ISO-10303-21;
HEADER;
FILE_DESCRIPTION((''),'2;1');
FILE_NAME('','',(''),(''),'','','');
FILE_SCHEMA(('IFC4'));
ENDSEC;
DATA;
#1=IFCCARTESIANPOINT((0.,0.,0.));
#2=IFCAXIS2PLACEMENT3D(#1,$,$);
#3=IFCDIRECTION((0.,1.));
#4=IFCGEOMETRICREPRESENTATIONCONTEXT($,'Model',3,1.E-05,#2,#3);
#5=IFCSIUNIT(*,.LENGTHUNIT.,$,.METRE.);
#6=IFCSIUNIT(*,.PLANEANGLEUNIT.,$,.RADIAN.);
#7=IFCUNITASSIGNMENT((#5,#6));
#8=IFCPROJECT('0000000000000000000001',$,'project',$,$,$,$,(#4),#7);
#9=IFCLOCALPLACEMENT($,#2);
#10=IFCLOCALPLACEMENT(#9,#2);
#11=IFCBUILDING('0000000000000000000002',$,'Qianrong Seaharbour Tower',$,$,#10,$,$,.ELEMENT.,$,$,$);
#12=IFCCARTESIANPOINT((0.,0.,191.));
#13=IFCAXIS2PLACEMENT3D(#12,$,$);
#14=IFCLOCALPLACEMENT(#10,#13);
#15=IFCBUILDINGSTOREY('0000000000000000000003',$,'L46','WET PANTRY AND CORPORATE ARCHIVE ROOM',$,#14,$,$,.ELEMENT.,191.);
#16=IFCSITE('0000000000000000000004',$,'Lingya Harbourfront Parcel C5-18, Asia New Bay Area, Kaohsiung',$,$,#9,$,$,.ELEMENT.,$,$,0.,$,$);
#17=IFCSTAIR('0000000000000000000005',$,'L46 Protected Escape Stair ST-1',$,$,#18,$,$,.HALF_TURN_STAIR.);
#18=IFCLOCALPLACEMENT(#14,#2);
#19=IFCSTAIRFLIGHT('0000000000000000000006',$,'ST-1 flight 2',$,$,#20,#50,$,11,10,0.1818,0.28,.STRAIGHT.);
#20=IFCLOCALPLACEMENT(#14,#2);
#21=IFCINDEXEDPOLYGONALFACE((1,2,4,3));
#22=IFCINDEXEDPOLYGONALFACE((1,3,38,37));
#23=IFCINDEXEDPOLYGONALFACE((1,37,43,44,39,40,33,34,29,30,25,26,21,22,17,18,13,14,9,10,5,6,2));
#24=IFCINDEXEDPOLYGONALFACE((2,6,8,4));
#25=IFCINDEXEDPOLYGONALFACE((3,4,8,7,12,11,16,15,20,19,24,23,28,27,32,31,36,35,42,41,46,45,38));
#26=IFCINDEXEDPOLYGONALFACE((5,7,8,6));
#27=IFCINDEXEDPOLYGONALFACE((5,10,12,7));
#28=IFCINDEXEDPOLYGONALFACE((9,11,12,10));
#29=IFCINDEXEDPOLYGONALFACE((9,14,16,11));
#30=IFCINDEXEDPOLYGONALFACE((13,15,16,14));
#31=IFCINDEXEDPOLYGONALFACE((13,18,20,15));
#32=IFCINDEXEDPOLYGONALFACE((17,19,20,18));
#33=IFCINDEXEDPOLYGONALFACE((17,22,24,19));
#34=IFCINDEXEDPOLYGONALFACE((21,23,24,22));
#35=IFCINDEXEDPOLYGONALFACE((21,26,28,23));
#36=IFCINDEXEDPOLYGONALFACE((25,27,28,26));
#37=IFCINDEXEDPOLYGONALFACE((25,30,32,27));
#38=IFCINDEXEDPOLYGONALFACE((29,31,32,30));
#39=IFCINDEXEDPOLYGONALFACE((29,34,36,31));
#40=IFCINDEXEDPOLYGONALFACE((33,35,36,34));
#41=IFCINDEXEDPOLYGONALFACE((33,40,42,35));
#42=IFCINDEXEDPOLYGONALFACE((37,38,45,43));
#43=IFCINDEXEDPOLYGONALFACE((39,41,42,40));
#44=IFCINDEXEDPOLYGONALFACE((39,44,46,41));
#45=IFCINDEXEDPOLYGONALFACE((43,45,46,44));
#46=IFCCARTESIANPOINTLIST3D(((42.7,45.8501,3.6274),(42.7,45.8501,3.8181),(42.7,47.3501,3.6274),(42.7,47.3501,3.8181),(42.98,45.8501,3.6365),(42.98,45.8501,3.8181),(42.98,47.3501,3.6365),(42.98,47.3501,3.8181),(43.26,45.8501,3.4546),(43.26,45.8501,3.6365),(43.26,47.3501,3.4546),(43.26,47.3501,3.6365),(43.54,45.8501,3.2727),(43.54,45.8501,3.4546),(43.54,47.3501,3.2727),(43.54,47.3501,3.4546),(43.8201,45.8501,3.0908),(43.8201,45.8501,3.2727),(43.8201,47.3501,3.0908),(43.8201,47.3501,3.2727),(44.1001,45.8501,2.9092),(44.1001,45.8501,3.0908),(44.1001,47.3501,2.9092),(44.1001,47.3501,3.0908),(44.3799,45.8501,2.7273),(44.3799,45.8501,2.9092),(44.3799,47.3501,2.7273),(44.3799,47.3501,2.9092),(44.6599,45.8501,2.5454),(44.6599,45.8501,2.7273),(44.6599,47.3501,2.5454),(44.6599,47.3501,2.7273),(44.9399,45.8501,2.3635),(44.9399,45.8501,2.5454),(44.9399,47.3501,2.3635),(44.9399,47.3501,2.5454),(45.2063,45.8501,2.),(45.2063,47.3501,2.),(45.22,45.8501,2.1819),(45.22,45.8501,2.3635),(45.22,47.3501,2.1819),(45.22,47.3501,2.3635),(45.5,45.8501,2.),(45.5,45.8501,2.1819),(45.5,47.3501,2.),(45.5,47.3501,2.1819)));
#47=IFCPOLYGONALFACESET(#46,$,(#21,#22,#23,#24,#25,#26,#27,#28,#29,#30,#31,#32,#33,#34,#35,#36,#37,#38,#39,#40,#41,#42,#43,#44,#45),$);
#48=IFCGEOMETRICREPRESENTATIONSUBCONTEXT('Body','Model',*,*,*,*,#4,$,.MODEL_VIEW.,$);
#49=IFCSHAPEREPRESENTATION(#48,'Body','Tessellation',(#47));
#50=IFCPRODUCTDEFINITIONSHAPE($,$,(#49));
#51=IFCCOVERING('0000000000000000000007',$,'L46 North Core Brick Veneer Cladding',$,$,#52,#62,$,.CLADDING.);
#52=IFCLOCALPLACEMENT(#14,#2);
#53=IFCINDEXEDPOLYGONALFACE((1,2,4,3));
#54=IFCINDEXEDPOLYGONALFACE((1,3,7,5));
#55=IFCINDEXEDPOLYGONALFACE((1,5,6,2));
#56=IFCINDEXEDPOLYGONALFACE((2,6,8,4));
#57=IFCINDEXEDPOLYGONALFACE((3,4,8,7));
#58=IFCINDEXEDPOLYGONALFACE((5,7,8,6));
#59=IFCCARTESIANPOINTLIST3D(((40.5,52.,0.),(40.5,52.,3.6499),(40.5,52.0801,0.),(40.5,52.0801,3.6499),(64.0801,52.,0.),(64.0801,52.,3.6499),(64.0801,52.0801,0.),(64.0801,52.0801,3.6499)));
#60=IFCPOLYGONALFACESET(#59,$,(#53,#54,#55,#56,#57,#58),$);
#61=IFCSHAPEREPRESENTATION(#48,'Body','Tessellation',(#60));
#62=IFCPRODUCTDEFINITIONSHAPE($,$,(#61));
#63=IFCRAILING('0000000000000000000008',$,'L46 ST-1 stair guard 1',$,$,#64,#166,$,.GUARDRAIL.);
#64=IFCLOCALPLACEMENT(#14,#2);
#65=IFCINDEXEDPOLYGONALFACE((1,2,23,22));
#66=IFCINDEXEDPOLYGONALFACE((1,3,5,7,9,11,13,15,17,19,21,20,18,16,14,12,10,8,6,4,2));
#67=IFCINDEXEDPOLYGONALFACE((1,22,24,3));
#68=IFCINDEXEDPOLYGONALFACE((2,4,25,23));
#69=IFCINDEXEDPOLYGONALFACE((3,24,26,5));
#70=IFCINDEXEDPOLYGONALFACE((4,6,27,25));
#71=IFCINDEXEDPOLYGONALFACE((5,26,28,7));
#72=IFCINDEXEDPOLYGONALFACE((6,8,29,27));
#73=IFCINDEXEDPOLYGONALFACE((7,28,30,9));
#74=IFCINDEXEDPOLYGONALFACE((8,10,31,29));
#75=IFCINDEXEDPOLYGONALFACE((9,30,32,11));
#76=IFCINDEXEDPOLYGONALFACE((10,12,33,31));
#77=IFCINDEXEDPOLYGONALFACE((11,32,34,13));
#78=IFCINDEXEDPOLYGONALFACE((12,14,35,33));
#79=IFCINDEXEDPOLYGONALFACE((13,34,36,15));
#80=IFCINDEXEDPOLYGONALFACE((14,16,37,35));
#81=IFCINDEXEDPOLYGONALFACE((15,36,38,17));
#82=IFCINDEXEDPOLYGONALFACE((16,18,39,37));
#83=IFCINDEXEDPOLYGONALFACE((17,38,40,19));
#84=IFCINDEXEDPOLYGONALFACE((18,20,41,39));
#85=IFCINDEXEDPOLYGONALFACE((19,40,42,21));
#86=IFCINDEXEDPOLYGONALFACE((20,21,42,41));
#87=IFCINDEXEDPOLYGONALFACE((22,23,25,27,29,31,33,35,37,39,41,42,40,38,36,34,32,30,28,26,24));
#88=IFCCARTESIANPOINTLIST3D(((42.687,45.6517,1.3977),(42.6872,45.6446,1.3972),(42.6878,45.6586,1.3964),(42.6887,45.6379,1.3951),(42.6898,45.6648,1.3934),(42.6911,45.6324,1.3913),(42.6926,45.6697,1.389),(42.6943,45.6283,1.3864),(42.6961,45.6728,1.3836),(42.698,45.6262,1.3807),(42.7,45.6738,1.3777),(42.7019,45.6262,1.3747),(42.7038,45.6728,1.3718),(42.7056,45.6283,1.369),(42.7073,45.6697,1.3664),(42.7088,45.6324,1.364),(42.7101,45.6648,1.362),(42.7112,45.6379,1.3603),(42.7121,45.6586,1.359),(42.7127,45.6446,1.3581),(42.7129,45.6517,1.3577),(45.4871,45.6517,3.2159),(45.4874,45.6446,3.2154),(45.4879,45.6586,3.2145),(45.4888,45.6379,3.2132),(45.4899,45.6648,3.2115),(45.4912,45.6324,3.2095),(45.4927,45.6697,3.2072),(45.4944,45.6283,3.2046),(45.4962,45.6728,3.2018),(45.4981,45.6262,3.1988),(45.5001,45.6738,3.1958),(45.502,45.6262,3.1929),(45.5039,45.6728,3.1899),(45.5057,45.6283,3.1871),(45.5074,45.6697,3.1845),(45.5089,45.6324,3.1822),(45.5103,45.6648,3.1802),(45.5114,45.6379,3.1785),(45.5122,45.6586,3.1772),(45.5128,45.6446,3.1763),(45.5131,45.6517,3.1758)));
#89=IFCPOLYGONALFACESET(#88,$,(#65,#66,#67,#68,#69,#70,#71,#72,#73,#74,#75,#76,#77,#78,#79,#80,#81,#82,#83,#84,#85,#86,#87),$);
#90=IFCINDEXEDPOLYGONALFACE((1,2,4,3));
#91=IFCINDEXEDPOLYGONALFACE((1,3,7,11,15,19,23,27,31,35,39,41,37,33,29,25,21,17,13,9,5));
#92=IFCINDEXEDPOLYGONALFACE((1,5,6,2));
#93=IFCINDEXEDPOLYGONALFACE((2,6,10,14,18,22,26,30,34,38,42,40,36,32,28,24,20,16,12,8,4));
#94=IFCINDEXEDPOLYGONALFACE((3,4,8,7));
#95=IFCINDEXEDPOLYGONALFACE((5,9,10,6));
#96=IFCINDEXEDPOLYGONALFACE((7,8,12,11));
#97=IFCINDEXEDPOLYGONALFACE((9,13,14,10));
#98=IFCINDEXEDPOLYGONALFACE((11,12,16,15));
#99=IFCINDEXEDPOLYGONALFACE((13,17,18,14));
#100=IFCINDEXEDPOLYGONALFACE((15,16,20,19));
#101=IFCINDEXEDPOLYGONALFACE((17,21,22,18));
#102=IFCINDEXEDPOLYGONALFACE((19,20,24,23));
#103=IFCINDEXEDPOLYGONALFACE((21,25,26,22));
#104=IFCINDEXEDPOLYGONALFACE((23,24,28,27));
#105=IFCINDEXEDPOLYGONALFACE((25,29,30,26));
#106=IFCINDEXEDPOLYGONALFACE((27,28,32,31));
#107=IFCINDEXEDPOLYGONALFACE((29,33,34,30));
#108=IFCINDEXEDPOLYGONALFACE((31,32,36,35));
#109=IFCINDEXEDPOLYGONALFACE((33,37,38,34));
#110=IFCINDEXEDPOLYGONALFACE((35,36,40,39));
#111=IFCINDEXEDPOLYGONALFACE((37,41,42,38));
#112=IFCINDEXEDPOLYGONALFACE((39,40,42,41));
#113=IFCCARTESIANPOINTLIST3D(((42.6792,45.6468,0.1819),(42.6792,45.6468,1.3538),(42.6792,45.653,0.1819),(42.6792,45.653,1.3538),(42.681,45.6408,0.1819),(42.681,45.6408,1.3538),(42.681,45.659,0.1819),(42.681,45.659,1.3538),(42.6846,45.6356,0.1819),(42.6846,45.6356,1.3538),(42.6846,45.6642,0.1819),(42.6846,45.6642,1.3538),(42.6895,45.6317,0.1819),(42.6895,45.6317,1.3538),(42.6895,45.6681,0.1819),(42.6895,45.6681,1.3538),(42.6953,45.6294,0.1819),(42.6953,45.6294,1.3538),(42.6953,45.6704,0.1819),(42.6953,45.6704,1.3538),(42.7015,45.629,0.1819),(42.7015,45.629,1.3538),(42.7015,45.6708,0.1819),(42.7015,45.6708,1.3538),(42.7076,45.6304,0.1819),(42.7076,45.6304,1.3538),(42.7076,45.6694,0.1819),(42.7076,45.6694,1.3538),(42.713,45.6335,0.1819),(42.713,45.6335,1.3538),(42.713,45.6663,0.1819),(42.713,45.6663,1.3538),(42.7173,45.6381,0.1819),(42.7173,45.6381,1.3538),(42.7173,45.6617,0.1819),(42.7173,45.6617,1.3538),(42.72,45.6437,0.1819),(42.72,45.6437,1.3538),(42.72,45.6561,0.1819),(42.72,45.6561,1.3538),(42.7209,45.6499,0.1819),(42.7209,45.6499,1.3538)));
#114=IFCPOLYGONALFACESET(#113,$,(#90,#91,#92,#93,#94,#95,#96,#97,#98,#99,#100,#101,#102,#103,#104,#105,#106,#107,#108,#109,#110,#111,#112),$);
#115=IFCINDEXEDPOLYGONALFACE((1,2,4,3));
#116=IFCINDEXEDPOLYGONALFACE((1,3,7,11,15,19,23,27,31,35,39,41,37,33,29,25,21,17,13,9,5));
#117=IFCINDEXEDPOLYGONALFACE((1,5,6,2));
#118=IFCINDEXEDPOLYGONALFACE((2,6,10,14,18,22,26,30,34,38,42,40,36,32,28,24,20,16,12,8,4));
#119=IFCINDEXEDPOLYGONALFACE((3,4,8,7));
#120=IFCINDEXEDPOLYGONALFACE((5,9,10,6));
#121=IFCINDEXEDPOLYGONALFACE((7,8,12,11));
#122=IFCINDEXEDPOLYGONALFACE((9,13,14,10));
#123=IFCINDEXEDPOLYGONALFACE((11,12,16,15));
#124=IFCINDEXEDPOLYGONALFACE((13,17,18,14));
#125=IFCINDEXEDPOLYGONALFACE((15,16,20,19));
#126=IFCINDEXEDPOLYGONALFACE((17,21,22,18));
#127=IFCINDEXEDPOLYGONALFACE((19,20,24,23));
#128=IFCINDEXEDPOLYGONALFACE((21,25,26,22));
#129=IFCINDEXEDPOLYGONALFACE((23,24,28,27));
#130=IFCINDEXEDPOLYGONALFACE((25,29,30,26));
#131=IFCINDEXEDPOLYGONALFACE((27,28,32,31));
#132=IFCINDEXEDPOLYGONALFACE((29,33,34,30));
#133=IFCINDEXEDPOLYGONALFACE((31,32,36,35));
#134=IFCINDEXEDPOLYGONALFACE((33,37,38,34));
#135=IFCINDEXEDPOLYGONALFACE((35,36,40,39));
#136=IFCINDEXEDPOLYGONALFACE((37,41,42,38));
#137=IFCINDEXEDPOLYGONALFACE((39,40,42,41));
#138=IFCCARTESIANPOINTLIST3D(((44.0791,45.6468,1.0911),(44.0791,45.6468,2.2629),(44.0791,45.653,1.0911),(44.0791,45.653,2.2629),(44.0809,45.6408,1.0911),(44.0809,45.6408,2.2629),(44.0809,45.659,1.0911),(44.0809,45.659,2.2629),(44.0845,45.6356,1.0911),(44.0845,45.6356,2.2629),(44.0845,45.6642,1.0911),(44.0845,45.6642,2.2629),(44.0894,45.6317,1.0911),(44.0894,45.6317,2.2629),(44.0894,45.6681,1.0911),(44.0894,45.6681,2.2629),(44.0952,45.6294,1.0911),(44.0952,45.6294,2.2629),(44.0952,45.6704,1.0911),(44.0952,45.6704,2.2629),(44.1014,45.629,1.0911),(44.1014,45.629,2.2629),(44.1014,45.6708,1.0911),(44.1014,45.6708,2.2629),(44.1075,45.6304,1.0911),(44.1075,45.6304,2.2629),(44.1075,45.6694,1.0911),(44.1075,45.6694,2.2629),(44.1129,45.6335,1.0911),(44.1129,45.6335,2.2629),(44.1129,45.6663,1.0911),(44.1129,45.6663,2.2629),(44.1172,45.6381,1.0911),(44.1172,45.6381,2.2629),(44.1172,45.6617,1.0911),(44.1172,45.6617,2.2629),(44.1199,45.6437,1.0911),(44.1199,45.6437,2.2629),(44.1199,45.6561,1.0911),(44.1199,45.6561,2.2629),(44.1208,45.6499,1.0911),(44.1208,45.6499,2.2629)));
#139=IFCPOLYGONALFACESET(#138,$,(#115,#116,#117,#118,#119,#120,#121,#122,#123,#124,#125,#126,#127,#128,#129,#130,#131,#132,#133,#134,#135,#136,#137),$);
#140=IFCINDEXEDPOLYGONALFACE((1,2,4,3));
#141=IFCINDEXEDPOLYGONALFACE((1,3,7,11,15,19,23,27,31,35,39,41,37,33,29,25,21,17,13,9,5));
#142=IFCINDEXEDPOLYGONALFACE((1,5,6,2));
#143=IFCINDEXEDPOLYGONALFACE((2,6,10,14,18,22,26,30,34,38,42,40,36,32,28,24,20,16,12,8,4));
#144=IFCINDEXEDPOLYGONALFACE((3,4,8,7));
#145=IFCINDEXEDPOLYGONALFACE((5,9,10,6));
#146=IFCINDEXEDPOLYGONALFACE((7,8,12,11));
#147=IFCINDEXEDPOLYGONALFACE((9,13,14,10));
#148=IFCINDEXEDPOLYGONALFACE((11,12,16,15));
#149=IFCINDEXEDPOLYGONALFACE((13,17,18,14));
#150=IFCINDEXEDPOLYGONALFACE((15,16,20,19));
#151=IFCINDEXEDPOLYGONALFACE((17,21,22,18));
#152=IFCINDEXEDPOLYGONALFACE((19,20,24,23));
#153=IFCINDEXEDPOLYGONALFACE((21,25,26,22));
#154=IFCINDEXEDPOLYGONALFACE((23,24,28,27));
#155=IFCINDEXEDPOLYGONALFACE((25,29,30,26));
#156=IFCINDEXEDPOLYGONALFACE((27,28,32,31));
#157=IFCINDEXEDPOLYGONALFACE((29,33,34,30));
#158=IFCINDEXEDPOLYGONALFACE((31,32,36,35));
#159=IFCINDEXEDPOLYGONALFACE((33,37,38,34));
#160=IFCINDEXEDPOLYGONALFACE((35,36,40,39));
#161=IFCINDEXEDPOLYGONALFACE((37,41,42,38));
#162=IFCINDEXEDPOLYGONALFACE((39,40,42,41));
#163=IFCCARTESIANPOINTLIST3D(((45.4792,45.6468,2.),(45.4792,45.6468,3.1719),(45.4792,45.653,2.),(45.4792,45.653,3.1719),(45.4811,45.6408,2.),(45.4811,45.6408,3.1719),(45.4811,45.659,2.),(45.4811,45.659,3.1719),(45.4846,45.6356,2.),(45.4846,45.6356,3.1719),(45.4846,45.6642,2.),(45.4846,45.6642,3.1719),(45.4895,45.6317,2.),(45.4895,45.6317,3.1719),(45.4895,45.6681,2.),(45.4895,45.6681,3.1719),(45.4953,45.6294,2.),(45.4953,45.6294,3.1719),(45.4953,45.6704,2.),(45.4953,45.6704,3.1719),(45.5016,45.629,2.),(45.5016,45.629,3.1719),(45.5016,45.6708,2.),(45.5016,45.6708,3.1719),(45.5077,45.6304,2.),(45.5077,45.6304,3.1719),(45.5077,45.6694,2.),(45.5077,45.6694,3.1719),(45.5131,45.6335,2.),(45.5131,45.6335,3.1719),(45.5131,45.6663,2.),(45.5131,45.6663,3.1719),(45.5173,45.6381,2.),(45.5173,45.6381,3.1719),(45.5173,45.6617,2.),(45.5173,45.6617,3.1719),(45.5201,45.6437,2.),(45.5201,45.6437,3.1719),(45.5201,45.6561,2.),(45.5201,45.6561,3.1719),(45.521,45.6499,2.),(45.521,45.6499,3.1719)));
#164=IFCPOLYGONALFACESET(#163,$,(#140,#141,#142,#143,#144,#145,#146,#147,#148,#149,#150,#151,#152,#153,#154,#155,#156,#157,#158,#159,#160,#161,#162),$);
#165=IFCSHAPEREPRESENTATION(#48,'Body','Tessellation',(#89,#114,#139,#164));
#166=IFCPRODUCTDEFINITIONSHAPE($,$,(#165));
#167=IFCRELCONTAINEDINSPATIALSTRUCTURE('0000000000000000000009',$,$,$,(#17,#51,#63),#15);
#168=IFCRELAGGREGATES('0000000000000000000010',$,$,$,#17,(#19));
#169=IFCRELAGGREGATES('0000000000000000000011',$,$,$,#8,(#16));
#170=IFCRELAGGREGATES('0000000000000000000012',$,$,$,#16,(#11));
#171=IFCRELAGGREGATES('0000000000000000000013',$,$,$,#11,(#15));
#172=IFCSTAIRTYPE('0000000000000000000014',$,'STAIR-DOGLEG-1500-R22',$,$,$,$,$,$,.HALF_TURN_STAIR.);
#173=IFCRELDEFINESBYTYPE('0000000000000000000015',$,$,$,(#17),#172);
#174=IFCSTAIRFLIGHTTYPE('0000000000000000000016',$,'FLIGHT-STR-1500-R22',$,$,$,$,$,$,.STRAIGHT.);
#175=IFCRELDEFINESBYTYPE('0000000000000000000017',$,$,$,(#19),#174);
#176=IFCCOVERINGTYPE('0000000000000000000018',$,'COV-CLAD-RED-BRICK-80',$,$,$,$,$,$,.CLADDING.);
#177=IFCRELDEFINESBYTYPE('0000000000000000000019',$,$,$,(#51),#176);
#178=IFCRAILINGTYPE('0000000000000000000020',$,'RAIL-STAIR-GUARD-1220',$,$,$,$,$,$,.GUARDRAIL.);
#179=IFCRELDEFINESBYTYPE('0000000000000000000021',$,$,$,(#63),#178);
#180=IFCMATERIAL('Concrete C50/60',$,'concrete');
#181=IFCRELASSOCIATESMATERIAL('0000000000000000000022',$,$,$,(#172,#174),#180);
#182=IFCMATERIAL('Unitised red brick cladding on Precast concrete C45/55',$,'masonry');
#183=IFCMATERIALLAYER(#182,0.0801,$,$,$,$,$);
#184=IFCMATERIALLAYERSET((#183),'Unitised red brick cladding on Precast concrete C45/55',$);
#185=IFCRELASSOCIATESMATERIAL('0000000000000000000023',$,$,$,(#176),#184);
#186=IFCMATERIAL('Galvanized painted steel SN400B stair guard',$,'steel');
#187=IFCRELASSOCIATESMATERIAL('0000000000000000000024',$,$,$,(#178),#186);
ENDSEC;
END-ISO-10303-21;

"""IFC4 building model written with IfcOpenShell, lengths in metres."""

from ifc_helpers import new_model, si_unit, direction, frame, origin, origin_2d, place, context, subcontext, project, spatial, polyline, rectangle, circle, outline, extrude, material, layer, layer_set, type_object, element, aggregate, save


model = new_model("IFC4")

# Units and contexts
model_context = context("Model", 3, precision=1e-05, world=origin(), true_north=direction((0.0, 1.0)))
body_context = subcontext(model_context, "Body", "Model", "MODEL_VIEW")
ifc_project = project(units=[si_unit("LENGTHUNIT", "METRE"), si_unit("PLANEANGLEUNIT", "RADIAN")], contexts=[model_context])

# Site, building, storey
site_placement = place(None, origin())
site = spatial("IfcSite", under=ifc_project, at=site_placement, Name="Lingya Harbourfront Parcel C5-18, Asia New Bay Area, Kaohsiung", CompositionType="ELEMENT", RefElevation=0.0)
building_placement = place(site_placement, origin())
building = spatial("IfcBuilding", under=site, at=building_placement, Name="Qianrong Seaharbour Tower", CompositionType="ELEMENT")
storey_placement = place(building_placement, frame((0.0, 0.0, 191.0)))
storey = spatial("IfcBuildingStorey", under=building, at=storey_placement, Name="L46", Description="WET PANTRY AND CORPORATE ARCHIVE ROOM", CompositionType="ELEMENT", Elevation=191.0)

# Stair, stair flight
ifc_material_1 = material(Name="Concrete C50/60", Category="concrete")
stair_type = type_object("IfcStairType", Name="STAIR-DOGLEG-1500-R22", PredefinedType="HALF_TURN_STAIR", material=ifc_material_1)
stair_placement = place(storey_placement, origin())
stair = element("IfcStair", 1, at=stair_placement, inside=storey, type_object=stair_type, Name="L46 Protected Escape Stair ST-1", PredefinedType="HALF_TURN_STAIR")
stair_flight_type = type_object("IfcStairFlightType", Name="FLIGHT-STR-1500-R22", PredefinedType="STRAIGHT", material=ifc_material_1)
stair_flight_1_placement = place(storey_placement, frame((45.5, 46.6001, 2.0), z_axis=(0.0, 0.0, 1.0), x_axis=(-1.0, 0.0, 0.0)))
stair_flight_1 = element("IfcStairFlight", 2, at=stair_flight_1_placement, type_object=stair_flight_type, Name="ST-1 flight 2", NumberOfRisers=11, NumberOfTreads=10, PredefinedType="STRAIGHT", RiserHeight=0.1818, TreadLength=0.28, context=body_context, shape_type="SweptSolid", body=[
    extrude(outline(polyline([(0.0, 0.0), (0.0, 0.1819), (0.28, 0.1819), (0.28, 0.3635), (0.5601, 0.3635), (0.5601, 0.5454), (0.8401, 0.5454), (0.8401, 0.7273), (1.1201, 0.7273), (1.1201, 0.9092), (1.3999, 0.9092), (1.3999, 1.0908), (1.6799, 1.0908), (1.6799, 1.2727), (1.96, 1.2727), (1.96, 1.4546), (2.24, 1.4546), (2.24, 1.6365), (2.52, 1.6365), (2.52, 1.8181), (2.8, 1.8181), (2.8, 2.0), (2.8, 1.6274), (0.2937, 0.0), (0.0, 0.0)])), frame((0.0, 0.75, 0.0), z_axis=(0.0, -1.0, 0.0), x_axis=(1.0, 0.0, 0.0)), (0.0, 0.0, 1.0), 1.5),
])
aggregate(stair, [stair_flight_1])

# Covering
ifc_material_2 = material(Name="Unitised red brick cladding on Precast concrete C45/55", Category="masonry")
ifc_layer_1 = layer(ifc_material_2, 0.0801)
ifc_layer_set_1 = layer_set([ifc_layer_1], Name="Unitised red brick cladding on Precast concrete C45/55")
covering_type = type_object("IfcCoveringType", Name="COV-CLAD-RED-BRICK-80", PredefinedType="CLADDING", material=ifc_layer_set_1)
covering_placement = place(storey_placement, frame((52.29, 52.04, 0.0), z_axis=(0.0, 0.0, 1.0), x_axis=(1.0, 0.0, 0.0)))
element("IfcCovering", 3, at=covering_placement, inside=storey, type_object=covering_type, Name="L46 North Core Brick Veneer Cladding", PredefinedType="CLADDING", context=body_context, shape_type="SweptSolid", body=[
    extrude(rectangle(XDim=23.5801, YDim=0.0801, at=origin_2d()), origin(), (0.0, 0.0, 1.0), 3.6499),
])

# Railing
ifc_material_3 = material(Name="Galvanized painted steel SN400B stair guard", Category="steel")
railing_type_1 = type_object("IfcRailingType", Name="RAIL-STAIR-GUARD-1220", PredefinedType="GUARDRAIL", material=ifc_material_3)
railing_1_placement = place(storey_placement, frame((42.7, 45.6499, 0.1819)))
element("IfcRailing", 4, at=railing_1_placement, inside=storey, type_object=railing_type_1, Name="L46 ST-1 stair guard 1", PredefinedType="GUARDRAIL", context=body_context, shape_type="SweptSolid", body=[
    extrude(circle(Radius=0.0239, at=origin_2d()), frame((0.0, 0.0, 1.1958), z_axis=(0.838706, 0.0, 0.544585), x_axis=(0.0, 1.0, 0.0)), (0.0, 0.0, 1.0), 3.3386),
    extrude(circle(Radius=0.021, at=origin_2d()), origin(), (0.0, 0.0, 1.0), 1.1719),
    extrude(circle(Radius=0.021, at=origin_2d()), frame((1.3999, 0.0, 0.9092)), (0.0, 0.0, 1.0), 1.1719),
    extrude(circle(Radius=0.021, at=origin_2d()), frame((2.8, 0.0, 1.8181)), (0.0, 0.0, 1.0), 1.1719),
])

save(model, "model.ifc")
